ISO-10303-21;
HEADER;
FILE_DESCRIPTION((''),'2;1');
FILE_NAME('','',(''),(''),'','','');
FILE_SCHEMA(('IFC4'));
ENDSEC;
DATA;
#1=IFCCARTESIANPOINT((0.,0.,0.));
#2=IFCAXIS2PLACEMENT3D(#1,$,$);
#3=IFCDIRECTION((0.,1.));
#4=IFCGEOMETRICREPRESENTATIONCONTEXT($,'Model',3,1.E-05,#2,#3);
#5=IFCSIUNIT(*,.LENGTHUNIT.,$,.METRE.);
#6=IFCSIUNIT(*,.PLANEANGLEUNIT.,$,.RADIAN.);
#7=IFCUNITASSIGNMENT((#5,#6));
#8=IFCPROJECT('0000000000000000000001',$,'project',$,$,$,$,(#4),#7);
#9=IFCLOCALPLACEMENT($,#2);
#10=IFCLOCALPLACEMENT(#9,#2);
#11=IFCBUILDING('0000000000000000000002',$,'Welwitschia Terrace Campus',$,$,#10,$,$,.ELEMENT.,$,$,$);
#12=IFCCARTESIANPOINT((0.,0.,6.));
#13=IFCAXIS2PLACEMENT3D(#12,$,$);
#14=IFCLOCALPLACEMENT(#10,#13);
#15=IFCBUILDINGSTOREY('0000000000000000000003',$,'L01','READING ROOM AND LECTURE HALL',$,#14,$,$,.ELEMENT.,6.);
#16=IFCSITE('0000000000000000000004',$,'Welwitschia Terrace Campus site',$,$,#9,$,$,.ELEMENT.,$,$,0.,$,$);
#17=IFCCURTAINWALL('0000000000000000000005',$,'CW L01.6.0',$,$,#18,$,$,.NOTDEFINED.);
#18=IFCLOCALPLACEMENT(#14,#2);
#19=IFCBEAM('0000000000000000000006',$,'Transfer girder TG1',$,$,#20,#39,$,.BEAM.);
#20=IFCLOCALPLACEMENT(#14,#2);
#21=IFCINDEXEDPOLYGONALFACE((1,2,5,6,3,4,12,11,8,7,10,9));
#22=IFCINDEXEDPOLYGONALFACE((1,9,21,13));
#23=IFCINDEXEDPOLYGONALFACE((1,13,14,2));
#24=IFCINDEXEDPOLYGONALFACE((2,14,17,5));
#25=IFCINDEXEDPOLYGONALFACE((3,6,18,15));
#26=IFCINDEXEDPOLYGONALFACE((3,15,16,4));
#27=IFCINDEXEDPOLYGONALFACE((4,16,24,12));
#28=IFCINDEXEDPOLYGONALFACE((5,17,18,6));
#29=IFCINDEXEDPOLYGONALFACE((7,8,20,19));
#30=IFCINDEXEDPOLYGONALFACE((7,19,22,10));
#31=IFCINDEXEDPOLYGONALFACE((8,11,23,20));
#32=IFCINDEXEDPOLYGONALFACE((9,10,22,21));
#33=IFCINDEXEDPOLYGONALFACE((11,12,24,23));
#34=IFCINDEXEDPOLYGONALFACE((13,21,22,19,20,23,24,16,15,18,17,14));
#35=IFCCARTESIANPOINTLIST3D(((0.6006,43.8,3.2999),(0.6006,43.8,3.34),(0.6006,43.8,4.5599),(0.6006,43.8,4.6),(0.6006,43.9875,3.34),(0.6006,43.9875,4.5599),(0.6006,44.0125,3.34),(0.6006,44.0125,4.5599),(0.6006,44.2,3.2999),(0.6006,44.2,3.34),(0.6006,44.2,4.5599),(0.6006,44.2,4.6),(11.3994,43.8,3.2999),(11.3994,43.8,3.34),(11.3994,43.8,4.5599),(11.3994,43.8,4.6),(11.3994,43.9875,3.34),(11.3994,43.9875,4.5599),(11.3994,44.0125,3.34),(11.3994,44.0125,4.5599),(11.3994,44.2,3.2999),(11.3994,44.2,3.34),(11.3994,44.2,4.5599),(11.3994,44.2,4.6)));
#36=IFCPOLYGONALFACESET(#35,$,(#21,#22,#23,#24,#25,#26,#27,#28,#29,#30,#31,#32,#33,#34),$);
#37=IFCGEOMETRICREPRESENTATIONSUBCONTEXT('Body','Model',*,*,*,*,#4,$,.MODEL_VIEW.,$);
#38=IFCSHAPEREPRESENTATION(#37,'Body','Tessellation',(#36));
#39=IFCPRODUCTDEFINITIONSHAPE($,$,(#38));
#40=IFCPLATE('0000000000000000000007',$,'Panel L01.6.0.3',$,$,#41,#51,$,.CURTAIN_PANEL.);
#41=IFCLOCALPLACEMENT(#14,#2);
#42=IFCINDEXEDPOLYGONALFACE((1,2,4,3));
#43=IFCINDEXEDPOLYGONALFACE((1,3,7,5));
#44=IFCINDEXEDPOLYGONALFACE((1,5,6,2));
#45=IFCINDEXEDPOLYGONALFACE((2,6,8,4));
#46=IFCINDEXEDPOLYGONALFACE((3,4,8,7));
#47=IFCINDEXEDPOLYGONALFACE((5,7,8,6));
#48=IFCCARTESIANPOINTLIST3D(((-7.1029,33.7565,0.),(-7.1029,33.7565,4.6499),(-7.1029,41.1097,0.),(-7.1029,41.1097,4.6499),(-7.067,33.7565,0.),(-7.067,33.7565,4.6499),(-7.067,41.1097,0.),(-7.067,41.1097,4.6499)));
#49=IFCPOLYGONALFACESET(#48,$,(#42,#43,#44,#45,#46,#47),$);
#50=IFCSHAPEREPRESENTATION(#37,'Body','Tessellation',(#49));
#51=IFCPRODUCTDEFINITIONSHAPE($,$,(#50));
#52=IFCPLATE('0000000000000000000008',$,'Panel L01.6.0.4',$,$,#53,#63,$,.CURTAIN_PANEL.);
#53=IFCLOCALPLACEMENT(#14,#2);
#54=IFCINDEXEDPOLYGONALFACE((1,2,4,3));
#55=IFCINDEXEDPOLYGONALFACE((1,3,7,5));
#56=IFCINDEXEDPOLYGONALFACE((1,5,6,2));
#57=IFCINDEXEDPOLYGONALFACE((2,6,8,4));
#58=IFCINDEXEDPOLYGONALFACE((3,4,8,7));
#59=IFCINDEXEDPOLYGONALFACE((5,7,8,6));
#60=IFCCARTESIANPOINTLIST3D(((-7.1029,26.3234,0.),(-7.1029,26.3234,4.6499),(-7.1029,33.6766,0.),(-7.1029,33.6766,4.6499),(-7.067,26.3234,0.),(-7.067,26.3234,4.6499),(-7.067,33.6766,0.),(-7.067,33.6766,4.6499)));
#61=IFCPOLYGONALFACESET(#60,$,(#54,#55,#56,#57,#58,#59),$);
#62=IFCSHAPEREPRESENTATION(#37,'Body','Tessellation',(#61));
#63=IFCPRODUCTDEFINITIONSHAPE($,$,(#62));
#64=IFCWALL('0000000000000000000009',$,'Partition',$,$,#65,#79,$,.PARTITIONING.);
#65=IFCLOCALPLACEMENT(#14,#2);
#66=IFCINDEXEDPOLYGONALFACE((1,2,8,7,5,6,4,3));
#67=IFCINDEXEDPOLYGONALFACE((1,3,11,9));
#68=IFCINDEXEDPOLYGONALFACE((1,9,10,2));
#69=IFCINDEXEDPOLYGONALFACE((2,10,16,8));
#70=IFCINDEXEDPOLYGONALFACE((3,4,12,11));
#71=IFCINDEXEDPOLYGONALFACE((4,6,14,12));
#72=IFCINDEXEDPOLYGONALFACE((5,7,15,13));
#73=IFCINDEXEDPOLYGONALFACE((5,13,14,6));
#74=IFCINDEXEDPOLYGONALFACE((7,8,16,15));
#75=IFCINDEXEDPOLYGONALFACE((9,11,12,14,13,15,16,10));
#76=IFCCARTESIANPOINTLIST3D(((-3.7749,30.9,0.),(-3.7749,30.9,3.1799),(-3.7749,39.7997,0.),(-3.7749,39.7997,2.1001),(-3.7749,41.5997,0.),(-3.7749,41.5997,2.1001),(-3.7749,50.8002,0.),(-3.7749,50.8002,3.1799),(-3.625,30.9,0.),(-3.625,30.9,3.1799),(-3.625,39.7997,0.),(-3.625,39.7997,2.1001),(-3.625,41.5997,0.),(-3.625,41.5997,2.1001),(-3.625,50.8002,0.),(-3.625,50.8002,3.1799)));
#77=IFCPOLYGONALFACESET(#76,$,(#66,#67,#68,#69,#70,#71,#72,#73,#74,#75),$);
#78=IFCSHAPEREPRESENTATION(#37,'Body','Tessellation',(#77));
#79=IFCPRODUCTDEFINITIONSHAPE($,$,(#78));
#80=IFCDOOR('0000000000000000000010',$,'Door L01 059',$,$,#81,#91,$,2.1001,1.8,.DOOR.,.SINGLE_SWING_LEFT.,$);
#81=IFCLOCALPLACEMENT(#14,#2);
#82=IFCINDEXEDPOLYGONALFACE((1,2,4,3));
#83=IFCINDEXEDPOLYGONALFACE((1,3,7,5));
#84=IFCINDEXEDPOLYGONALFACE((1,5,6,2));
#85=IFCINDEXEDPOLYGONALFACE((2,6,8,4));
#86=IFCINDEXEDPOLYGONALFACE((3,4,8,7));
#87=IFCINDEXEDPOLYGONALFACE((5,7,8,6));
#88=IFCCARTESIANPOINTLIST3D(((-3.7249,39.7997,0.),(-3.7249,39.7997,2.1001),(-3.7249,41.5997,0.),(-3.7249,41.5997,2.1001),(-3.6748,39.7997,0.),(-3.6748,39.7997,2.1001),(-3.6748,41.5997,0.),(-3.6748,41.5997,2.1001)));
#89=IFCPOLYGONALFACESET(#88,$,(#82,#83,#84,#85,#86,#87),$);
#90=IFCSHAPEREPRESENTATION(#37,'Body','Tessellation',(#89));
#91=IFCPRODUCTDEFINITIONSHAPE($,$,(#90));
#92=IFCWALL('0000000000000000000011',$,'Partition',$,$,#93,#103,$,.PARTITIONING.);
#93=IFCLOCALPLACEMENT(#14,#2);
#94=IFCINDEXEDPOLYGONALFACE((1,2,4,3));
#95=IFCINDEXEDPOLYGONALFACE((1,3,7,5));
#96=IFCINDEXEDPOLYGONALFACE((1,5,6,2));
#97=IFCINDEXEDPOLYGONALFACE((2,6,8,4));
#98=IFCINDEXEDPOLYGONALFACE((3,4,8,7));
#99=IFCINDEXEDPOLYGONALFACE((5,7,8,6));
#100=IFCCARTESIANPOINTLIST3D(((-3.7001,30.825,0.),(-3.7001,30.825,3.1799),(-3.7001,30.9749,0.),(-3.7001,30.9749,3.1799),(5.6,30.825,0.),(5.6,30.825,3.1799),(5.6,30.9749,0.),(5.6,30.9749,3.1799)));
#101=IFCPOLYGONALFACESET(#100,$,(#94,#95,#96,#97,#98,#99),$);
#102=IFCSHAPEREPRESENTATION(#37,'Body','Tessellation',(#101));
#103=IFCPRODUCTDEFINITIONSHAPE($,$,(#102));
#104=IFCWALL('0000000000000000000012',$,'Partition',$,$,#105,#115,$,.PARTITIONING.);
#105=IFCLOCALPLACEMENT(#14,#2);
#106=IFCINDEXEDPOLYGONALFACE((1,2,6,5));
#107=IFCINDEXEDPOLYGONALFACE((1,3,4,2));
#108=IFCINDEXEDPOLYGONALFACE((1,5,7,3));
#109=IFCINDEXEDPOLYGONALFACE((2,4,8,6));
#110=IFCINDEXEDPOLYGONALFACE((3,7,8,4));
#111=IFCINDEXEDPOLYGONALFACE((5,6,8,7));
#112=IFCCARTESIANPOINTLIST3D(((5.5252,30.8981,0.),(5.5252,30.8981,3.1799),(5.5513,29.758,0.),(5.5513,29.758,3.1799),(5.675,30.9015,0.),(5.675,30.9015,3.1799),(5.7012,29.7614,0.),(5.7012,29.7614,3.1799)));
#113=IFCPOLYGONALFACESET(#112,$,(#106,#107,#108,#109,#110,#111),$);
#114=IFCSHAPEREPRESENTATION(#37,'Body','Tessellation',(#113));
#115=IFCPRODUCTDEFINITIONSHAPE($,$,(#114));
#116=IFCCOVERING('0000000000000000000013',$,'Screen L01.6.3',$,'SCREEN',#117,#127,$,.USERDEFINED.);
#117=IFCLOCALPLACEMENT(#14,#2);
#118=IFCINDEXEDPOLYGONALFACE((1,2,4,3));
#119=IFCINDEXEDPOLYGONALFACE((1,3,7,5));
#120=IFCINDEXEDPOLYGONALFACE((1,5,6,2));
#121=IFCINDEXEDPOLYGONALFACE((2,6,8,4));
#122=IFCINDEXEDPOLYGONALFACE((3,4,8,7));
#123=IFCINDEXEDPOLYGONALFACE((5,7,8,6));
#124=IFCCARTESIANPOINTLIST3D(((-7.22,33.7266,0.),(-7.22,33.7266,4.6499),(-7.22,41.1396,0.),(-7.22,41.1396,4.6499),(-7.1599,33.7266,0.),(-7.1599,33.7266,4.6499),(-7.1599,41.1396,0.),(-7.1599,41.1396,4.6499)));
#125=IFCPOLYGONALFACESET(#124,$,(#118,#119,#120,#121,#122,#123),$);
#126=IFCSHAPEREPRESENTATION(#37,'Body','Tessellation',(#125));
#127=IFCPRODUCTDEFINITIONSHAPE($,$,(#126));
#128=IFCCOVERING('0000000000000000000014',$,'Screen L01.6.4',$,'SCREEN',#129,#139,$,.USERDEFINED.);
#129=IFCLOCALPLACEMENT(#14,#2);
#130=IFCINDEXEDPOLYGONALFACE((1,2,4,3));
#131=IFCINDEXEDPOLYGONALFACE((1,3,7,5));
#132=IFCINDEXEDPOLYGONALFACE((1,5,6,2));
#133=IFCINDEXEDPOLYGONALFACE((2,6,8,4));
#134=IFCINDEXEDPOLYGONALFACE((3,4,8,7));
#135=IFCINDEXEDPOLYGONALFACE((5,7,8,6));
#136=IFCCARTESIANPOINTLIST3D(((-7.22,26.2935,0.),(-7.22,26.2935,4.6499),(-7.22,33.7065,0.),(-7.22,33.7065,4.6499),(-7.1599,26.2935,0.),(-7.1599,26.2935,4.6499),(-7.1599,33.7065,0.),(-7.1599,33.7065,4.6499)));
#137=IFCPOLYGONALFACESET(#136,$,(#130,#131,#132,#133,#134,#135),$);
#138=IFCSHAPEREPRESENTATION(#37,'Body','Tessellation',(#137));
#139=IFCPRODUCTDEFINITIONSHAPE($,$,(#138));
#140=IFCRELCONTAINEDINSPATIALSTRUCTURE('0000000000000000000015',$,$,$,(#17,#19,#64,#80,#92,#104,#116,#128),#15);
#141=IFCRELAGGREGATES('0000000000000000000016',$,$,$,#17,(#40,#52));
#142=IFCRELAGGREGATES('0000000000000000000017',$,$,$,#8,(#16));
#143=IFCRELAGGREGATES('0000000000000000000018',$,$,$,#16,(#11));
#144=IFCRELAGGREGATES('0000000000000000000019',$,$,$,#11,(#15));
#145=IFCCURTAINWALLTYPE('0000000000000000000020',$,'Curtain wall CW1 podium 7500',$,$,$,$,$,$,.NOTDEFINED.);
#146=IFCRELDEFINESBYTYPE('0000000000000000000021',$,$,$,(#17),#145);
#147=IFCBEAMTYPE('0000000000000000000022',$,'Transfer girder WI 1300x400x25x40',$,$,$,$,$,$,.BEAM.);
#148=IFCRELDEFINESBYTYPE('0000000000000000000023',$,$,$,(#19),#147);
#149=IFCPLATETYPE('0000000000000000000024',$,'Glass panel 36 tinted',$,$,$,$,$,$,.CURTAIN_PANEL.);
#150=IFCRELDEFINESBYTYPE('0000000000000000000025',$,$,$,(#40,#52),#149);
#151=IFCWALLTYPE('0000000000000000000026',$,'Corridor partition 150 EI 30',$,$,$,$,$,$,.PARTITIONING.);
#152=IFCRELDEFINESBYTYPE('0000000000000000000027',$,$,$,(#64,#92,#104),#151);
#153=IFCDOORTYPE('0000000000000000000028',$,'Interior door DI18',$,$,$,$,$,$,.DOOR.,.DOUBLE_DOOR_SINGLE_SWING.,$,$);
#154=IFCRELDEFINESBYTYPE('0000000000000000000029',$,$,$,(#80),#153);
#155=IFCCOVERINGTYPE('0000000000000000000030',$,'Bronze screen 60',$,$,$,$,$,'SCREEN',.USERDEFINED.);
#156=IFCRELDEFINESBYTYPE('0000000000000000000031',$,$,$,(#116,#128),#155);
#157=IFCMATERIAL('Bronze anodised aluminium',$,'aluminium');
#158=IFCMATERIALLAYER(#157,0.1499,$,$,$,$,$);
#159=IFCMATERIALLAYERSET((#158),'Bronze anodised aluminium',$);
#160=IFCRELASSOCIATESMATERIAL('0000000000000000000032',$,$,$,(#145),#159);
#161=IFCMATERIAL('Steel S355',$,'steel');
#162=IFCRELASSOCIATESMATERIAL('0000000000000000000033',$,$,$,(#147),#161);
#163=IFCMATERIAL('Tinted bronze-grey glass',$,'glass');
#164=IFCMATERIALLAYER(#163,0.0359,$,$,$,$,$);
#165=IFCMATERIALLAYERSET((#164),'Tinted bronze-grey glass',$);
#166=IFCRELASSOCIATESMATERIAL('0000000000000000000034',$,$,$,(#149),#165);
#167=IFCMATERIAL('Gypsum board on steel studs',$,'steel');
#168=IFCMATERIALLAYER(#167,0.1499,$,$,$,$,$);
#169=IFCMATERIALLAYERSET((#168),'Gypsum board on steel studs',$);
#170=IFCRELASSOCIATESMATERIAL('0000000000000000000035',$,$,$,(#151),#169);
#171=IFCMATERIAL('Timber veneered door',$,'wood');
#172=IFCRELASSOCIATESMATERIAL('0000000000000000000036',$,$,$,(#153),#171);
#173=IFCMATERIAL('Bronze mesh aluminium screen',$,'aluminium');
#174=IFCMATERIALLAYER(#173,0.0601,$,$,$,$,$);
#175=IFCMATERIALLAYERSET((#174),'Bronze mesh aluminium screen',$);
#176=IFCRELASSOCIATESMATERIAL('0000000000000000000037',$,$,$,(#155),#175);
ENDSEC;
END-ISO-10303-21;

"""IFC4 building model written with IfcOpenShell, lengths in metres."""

from ifc_helpers import new_model, si_unit, direction, frame, frame_2d, origin, origin_2d, place, context, subcontext, project, spatial, rectangle, i_section, extrude, material, layer, layer_set, material_profile, profile_set, type_object, element, fill, aggregate, save


model = new_model("IFC4")

# Units and contexts
model_context = context("Model", 3, precision=1e-05, world=origin(), true_north=direction((0.0, 1.0)))
body_context = subcontext(model_context, "Body", "Model", "MODEL_VIEW")
ifc_project = project(units=[si_unit("LENGTHUNIT", "METRE"), si_unit("PLANEANGLEUNIT", "RADIAN")], contexts=[model_context])

# Site, building, storey
site_placement = place(None, origin())
site = spatial("IfcSite", under=ifc_project, at=site_placement, Name="Welwitschia Terrace Campus site", CompositionType="ELEMENT", RefElevation=0.0)
building_placement = place(site_placement, origin())
building = spatial("IfcBuilding", under=site, at=building_placement, Name="Welwitschia Terrace Campus", CompositionType="ELEMENT")
storey_placement = place(building_placement, frame((0.0, 0.0, 6.0)))
storey = spatial("IfcBuildingStorey", under=building, at=storey_placement, Name="L01", Description="READING ROOM AND LECTURE HALL", CompositionType="ELEMENT", Elevation=6.0)

# Curtain wall
ifc_material_1 = material(Name="Bronze anodised aluminium", Category="aluminium")
ifc_layer_1 = layer(ifc_material_1, 0.1499)
ifc_layer_set_1 = layer_set([ifc_layer_1], Name="Bronze anodised aluminium")
curtain_wall_type = type_object("IfcCurtainWallType", Name="Curtain wall CW1 podium 7500", PredefinedType="NOTDEFINED", material=ifc_layer_set_1)
curtain_wall_placement = place(storey_placement, origin())
curtain_wall = element("IfcCurtainWall", 1, at=curtain_wall_placement, inside=storey, type_object=curtain_wall_type, Name="CW L01.6.0", PredefinedType="NOTDEFINED")

# Beam
ifc_material_2 = material(Name="Steel S355", Category="steel")
ifc_material_profile_1 = material_profile(ifc_material_2, i_section(OverallWidth=0.3999, OverallDepth=1.3, WebThickness=0.0249, FlangeThickness=0.04, at=origin_2d()))
ifc_profile_set_1 = profile_set([ifc_material_profile_1], Name="Steel S355")
beam_type_1 = type_object("IfcBeamType", Name="Transfer girder WI 1300x400x25x40", PredefinedType="BEAM", material=ifc_profile_set_1)
for number, where, z_axis, x_axis, name in (
    (2, (0.6006, 44.0, 3.95), (1.0, 0.0, 0.0), (0.0, 1.0, 0.0), "Transfer girder TG1"),
):
    element("IfcBeam", number, at=place(storey_placement, frame(where, z_axis=z_axis, x_axis=x_axis)), inside=storey, type_object=beam_type_1, Name=name, PredefinedType="BEAM", context=body_context, shape_type="SweptSolid", body=[
        extrude(i_section(OverallWidth=0.3999, OverallDepth=1.3, WebThickness=0.0249, FlangeThickness=0.04, at=origin_2d()), origin(), (0.0, 0.0, 1.0), 10.7988),
    ])

# Plates
ifc_material_3 = material(Name="Tinted bronze-grey glass", Category="glass")
ifc_layer_2 = layer(ifc_material_3, 0.0359)
ifc_layer_set_2 = layer_set([ifc_layer_2], Name="Tinted bronze-grey glass")
plate_type = type_object("IfcPlateType", Name="Glass panel 36 tinted", PredefinedType="CURTAIN_PANEL", material=ifc_layer_set_2)
plate_1_placement = place(storey_placement, frame((-7.085, 37.4331, 0.0), z_axis=(0.0, 0.0, 1.0), x_axis=(0.0, -1.0, 0.0)))
plate_1 = element("IfcPlate", 3, at=plate_1_placement, type_object=plate_type, Name="Panel L01.6.0.3", PredefinedType="CURTAIN_PANEL", context=body_context, shape_type="SweptSolid", body=[
    extrude(rectangle(XDim=7.3533, YDim=0.0359, at=origin_2d()), origin(), (0.0, 0.0, 1.0), 4.6499),
])
plate_2_placement = place(storey_placement, frame((-7.085, 30.0, 0.0), z_axis=(0.0, 0.0, 1.0), x_axis=(0.0, -1.0, 0.0)))
plate_2 = element("IfcPlate", 4, at=plate_2_placement, type_object=plate_type, Name="Panel L01.6.0.4", PredefinedType="CURTAIN_PANEL", context=body_context, shape_type="SweptSolid", body=[
    extrude(rectangle(XDim=7.3533, YDim=0.0359, at=origin_2d()), origin(), (0.0, 0.0, 1.0), 4.6499),
])
aggregate(curtain_wall, [plate_1, plate_2])

# Wall, opening, door
ifc_material_4 = material(Name="Gypsum board on steel studs", Category="steel")
ifc_layer_3 = layer(ifc_material_4, 0.1499)
ifc_layer_set_3 = layer_set([ifc_layer_3], Name="Gypsum board on steel studs")
wall_type = type_object("IfcWallType", Name="Corridor partition 150 EI 30", PredefinedType="PARTITIONING", material=ifc_layer_set_3)
wall_1_placement = place(storey_placement, frame((-3.7, 30.8999, 0.0), z_axis=(0.0, 0.0, 1.0), x_axis=(0.0, 1.0, 0.0)))
wall_1 = element("IfcWall", 5, at=wall_1_placement, inside=storey, type_object=wall_type, Name="Partition", PredefinedType="PARTITIONING", context=body_context, shape_type="SweptSolid", body=[
    extrude(rectangle(XDim=19.9001, YDim=0.1499, at=frame_2d((9.9502, 0.0))), origin(), (0.0, 0.0, 1.0), 3.1799),
])
opening_placement = place(wall_1_placement, frame((8.8999, 0.0, 0.0)))
opening = element("IfcOpeningElement", 6, at=opening_placement, cuts=wall_1, PredefinedType="OPENING", context=body_context, shape_type="SweptSolid", body=[
    extrude(rectangle(XDim=1.8, YDim=2.1001, at=frame_2d((0.8999, 1.05))), frame((0.0, 0.085, 0.0), z_axis=(0.0, -1.0, 0.0), x_axis=(1.0, 0.0, 0.0)), (0.0, 0.0, 1.0), 0.1699),
])
ifc_material_5 = material(Name="Timber veneered door", Category="wood")
door_type = type_object("IfcDoorType", Name="Interior door DI18", OperationType="DOUBLE_DOOR_SINGLE_SWING", PredefinedType="DOOR", material=ifc_material_5)
door_placement = place(opening_placement, origin())
door = element("IfcDoor", 7, at=door_placement, inside=storey, type_object=door_type, Name="Door L01 059", OperationType="SINGLE_SWING_LEFT", OverallHeight=2.1001, OverallWidth=1.8, PredefinedType="DOOR", context=body_context, shape_type="SweptSolid", body=[
    extrude(rectangle(XDim=1.8, YDim=2.1001, at=frame_2d((0.8999, 1.05))), frame((0.0, 0.0249, 0.0), z_axis=(0.0, -1.0, 0.0), x_axis=(1.0, 0.0, 0.0)), (0.0, 0.0, 1.0), 0.05),
])
fill(opening, door)

# Walls
wall_2_placement = place(storey_placement, frame((-3.7, 30.8999, 0.0), z_axis=(0.0, 0.0, 1.0), x_axis=(1.0, 0.0, 0.0)))
element("IfcWall", 8, at=wall_2_placement, inside=storey, type_object=wall_type, Name="Partition", PredefinedType="PARTITIONING", context=body_context, shape_type="SweptSolid", body=[
    extrude(rectangle(XDim=9.3, YDim=0.1499, at=frame_2d((4.6499, 0.0))), origin(), (0.0, 0.0, 1.0), 3.1799),
])
wall_3_placement = place(storey_placement, frame((5.6001, 30.8999, 0.0), z_axis=(0.0, 0.0, 1.0), x_axis=(0.022906, -0.999738, 0.0)))
element("IfcWall", 9, at=wall_3_placement, inside=storey, type_object=wall_type, Name="Partition", PredefinedType="PARTITIONING", context=body_context, shape_type="SweptSolid", body=[
    extrude(rectangle(XDim=1.1404, YDim=0.1499, at=frame_2d((0.5703, 0.0))), origin(), (0.0, 0.0, 1.0), 3.1799),
])

# Coverings
ifc_material_6 = material(Name="Bronze mesh aluminium screen", Category="aluminium")
ifc_layer_4 = layer(ifc_material_6, 0.0601)
ifc_layer_set_4 = layer_set([ifc_layer_4], Name="Bronze mesh aluminium screen")
covering_type = type_object("IfcCoveringType", Name="Bronze screen 60", ElementType="SCREEN", PredefinedType="USERDEFINED", material=ifc_layer_set_4)
for number, where, z_axis, x_axis, name in (
    (10, (-7.1899, 37.4331, 0.0), (0.0, 0.0, 1.0), (0.0, -1.0, 0.0), "Screen L01.6.3"),
    (11, (-7.1899, 30.0, 0.0), (0.0, 0.0, 1.0), (0.0, -1.0, 0.0), "Screen L01.6.4"),
):
    element("IfcCovering", number, at=place(storey_placement, frame(where, z_axis=z_axis, x_axis=x_axis)), inside=storey, type_object=covering_type, Name=name, ObjectType="SCREEN", PredefinedType="USERDEFINED", context=body_context, shape_type="SweptSolid", body=[
        extrude(rectangle(XDim=7.4131, YDim=0.0601, at=origin_2d()), origin(), (0.0, 0.0, 1.0), 4.6499),
    ])

save(model, "model.ifc")
